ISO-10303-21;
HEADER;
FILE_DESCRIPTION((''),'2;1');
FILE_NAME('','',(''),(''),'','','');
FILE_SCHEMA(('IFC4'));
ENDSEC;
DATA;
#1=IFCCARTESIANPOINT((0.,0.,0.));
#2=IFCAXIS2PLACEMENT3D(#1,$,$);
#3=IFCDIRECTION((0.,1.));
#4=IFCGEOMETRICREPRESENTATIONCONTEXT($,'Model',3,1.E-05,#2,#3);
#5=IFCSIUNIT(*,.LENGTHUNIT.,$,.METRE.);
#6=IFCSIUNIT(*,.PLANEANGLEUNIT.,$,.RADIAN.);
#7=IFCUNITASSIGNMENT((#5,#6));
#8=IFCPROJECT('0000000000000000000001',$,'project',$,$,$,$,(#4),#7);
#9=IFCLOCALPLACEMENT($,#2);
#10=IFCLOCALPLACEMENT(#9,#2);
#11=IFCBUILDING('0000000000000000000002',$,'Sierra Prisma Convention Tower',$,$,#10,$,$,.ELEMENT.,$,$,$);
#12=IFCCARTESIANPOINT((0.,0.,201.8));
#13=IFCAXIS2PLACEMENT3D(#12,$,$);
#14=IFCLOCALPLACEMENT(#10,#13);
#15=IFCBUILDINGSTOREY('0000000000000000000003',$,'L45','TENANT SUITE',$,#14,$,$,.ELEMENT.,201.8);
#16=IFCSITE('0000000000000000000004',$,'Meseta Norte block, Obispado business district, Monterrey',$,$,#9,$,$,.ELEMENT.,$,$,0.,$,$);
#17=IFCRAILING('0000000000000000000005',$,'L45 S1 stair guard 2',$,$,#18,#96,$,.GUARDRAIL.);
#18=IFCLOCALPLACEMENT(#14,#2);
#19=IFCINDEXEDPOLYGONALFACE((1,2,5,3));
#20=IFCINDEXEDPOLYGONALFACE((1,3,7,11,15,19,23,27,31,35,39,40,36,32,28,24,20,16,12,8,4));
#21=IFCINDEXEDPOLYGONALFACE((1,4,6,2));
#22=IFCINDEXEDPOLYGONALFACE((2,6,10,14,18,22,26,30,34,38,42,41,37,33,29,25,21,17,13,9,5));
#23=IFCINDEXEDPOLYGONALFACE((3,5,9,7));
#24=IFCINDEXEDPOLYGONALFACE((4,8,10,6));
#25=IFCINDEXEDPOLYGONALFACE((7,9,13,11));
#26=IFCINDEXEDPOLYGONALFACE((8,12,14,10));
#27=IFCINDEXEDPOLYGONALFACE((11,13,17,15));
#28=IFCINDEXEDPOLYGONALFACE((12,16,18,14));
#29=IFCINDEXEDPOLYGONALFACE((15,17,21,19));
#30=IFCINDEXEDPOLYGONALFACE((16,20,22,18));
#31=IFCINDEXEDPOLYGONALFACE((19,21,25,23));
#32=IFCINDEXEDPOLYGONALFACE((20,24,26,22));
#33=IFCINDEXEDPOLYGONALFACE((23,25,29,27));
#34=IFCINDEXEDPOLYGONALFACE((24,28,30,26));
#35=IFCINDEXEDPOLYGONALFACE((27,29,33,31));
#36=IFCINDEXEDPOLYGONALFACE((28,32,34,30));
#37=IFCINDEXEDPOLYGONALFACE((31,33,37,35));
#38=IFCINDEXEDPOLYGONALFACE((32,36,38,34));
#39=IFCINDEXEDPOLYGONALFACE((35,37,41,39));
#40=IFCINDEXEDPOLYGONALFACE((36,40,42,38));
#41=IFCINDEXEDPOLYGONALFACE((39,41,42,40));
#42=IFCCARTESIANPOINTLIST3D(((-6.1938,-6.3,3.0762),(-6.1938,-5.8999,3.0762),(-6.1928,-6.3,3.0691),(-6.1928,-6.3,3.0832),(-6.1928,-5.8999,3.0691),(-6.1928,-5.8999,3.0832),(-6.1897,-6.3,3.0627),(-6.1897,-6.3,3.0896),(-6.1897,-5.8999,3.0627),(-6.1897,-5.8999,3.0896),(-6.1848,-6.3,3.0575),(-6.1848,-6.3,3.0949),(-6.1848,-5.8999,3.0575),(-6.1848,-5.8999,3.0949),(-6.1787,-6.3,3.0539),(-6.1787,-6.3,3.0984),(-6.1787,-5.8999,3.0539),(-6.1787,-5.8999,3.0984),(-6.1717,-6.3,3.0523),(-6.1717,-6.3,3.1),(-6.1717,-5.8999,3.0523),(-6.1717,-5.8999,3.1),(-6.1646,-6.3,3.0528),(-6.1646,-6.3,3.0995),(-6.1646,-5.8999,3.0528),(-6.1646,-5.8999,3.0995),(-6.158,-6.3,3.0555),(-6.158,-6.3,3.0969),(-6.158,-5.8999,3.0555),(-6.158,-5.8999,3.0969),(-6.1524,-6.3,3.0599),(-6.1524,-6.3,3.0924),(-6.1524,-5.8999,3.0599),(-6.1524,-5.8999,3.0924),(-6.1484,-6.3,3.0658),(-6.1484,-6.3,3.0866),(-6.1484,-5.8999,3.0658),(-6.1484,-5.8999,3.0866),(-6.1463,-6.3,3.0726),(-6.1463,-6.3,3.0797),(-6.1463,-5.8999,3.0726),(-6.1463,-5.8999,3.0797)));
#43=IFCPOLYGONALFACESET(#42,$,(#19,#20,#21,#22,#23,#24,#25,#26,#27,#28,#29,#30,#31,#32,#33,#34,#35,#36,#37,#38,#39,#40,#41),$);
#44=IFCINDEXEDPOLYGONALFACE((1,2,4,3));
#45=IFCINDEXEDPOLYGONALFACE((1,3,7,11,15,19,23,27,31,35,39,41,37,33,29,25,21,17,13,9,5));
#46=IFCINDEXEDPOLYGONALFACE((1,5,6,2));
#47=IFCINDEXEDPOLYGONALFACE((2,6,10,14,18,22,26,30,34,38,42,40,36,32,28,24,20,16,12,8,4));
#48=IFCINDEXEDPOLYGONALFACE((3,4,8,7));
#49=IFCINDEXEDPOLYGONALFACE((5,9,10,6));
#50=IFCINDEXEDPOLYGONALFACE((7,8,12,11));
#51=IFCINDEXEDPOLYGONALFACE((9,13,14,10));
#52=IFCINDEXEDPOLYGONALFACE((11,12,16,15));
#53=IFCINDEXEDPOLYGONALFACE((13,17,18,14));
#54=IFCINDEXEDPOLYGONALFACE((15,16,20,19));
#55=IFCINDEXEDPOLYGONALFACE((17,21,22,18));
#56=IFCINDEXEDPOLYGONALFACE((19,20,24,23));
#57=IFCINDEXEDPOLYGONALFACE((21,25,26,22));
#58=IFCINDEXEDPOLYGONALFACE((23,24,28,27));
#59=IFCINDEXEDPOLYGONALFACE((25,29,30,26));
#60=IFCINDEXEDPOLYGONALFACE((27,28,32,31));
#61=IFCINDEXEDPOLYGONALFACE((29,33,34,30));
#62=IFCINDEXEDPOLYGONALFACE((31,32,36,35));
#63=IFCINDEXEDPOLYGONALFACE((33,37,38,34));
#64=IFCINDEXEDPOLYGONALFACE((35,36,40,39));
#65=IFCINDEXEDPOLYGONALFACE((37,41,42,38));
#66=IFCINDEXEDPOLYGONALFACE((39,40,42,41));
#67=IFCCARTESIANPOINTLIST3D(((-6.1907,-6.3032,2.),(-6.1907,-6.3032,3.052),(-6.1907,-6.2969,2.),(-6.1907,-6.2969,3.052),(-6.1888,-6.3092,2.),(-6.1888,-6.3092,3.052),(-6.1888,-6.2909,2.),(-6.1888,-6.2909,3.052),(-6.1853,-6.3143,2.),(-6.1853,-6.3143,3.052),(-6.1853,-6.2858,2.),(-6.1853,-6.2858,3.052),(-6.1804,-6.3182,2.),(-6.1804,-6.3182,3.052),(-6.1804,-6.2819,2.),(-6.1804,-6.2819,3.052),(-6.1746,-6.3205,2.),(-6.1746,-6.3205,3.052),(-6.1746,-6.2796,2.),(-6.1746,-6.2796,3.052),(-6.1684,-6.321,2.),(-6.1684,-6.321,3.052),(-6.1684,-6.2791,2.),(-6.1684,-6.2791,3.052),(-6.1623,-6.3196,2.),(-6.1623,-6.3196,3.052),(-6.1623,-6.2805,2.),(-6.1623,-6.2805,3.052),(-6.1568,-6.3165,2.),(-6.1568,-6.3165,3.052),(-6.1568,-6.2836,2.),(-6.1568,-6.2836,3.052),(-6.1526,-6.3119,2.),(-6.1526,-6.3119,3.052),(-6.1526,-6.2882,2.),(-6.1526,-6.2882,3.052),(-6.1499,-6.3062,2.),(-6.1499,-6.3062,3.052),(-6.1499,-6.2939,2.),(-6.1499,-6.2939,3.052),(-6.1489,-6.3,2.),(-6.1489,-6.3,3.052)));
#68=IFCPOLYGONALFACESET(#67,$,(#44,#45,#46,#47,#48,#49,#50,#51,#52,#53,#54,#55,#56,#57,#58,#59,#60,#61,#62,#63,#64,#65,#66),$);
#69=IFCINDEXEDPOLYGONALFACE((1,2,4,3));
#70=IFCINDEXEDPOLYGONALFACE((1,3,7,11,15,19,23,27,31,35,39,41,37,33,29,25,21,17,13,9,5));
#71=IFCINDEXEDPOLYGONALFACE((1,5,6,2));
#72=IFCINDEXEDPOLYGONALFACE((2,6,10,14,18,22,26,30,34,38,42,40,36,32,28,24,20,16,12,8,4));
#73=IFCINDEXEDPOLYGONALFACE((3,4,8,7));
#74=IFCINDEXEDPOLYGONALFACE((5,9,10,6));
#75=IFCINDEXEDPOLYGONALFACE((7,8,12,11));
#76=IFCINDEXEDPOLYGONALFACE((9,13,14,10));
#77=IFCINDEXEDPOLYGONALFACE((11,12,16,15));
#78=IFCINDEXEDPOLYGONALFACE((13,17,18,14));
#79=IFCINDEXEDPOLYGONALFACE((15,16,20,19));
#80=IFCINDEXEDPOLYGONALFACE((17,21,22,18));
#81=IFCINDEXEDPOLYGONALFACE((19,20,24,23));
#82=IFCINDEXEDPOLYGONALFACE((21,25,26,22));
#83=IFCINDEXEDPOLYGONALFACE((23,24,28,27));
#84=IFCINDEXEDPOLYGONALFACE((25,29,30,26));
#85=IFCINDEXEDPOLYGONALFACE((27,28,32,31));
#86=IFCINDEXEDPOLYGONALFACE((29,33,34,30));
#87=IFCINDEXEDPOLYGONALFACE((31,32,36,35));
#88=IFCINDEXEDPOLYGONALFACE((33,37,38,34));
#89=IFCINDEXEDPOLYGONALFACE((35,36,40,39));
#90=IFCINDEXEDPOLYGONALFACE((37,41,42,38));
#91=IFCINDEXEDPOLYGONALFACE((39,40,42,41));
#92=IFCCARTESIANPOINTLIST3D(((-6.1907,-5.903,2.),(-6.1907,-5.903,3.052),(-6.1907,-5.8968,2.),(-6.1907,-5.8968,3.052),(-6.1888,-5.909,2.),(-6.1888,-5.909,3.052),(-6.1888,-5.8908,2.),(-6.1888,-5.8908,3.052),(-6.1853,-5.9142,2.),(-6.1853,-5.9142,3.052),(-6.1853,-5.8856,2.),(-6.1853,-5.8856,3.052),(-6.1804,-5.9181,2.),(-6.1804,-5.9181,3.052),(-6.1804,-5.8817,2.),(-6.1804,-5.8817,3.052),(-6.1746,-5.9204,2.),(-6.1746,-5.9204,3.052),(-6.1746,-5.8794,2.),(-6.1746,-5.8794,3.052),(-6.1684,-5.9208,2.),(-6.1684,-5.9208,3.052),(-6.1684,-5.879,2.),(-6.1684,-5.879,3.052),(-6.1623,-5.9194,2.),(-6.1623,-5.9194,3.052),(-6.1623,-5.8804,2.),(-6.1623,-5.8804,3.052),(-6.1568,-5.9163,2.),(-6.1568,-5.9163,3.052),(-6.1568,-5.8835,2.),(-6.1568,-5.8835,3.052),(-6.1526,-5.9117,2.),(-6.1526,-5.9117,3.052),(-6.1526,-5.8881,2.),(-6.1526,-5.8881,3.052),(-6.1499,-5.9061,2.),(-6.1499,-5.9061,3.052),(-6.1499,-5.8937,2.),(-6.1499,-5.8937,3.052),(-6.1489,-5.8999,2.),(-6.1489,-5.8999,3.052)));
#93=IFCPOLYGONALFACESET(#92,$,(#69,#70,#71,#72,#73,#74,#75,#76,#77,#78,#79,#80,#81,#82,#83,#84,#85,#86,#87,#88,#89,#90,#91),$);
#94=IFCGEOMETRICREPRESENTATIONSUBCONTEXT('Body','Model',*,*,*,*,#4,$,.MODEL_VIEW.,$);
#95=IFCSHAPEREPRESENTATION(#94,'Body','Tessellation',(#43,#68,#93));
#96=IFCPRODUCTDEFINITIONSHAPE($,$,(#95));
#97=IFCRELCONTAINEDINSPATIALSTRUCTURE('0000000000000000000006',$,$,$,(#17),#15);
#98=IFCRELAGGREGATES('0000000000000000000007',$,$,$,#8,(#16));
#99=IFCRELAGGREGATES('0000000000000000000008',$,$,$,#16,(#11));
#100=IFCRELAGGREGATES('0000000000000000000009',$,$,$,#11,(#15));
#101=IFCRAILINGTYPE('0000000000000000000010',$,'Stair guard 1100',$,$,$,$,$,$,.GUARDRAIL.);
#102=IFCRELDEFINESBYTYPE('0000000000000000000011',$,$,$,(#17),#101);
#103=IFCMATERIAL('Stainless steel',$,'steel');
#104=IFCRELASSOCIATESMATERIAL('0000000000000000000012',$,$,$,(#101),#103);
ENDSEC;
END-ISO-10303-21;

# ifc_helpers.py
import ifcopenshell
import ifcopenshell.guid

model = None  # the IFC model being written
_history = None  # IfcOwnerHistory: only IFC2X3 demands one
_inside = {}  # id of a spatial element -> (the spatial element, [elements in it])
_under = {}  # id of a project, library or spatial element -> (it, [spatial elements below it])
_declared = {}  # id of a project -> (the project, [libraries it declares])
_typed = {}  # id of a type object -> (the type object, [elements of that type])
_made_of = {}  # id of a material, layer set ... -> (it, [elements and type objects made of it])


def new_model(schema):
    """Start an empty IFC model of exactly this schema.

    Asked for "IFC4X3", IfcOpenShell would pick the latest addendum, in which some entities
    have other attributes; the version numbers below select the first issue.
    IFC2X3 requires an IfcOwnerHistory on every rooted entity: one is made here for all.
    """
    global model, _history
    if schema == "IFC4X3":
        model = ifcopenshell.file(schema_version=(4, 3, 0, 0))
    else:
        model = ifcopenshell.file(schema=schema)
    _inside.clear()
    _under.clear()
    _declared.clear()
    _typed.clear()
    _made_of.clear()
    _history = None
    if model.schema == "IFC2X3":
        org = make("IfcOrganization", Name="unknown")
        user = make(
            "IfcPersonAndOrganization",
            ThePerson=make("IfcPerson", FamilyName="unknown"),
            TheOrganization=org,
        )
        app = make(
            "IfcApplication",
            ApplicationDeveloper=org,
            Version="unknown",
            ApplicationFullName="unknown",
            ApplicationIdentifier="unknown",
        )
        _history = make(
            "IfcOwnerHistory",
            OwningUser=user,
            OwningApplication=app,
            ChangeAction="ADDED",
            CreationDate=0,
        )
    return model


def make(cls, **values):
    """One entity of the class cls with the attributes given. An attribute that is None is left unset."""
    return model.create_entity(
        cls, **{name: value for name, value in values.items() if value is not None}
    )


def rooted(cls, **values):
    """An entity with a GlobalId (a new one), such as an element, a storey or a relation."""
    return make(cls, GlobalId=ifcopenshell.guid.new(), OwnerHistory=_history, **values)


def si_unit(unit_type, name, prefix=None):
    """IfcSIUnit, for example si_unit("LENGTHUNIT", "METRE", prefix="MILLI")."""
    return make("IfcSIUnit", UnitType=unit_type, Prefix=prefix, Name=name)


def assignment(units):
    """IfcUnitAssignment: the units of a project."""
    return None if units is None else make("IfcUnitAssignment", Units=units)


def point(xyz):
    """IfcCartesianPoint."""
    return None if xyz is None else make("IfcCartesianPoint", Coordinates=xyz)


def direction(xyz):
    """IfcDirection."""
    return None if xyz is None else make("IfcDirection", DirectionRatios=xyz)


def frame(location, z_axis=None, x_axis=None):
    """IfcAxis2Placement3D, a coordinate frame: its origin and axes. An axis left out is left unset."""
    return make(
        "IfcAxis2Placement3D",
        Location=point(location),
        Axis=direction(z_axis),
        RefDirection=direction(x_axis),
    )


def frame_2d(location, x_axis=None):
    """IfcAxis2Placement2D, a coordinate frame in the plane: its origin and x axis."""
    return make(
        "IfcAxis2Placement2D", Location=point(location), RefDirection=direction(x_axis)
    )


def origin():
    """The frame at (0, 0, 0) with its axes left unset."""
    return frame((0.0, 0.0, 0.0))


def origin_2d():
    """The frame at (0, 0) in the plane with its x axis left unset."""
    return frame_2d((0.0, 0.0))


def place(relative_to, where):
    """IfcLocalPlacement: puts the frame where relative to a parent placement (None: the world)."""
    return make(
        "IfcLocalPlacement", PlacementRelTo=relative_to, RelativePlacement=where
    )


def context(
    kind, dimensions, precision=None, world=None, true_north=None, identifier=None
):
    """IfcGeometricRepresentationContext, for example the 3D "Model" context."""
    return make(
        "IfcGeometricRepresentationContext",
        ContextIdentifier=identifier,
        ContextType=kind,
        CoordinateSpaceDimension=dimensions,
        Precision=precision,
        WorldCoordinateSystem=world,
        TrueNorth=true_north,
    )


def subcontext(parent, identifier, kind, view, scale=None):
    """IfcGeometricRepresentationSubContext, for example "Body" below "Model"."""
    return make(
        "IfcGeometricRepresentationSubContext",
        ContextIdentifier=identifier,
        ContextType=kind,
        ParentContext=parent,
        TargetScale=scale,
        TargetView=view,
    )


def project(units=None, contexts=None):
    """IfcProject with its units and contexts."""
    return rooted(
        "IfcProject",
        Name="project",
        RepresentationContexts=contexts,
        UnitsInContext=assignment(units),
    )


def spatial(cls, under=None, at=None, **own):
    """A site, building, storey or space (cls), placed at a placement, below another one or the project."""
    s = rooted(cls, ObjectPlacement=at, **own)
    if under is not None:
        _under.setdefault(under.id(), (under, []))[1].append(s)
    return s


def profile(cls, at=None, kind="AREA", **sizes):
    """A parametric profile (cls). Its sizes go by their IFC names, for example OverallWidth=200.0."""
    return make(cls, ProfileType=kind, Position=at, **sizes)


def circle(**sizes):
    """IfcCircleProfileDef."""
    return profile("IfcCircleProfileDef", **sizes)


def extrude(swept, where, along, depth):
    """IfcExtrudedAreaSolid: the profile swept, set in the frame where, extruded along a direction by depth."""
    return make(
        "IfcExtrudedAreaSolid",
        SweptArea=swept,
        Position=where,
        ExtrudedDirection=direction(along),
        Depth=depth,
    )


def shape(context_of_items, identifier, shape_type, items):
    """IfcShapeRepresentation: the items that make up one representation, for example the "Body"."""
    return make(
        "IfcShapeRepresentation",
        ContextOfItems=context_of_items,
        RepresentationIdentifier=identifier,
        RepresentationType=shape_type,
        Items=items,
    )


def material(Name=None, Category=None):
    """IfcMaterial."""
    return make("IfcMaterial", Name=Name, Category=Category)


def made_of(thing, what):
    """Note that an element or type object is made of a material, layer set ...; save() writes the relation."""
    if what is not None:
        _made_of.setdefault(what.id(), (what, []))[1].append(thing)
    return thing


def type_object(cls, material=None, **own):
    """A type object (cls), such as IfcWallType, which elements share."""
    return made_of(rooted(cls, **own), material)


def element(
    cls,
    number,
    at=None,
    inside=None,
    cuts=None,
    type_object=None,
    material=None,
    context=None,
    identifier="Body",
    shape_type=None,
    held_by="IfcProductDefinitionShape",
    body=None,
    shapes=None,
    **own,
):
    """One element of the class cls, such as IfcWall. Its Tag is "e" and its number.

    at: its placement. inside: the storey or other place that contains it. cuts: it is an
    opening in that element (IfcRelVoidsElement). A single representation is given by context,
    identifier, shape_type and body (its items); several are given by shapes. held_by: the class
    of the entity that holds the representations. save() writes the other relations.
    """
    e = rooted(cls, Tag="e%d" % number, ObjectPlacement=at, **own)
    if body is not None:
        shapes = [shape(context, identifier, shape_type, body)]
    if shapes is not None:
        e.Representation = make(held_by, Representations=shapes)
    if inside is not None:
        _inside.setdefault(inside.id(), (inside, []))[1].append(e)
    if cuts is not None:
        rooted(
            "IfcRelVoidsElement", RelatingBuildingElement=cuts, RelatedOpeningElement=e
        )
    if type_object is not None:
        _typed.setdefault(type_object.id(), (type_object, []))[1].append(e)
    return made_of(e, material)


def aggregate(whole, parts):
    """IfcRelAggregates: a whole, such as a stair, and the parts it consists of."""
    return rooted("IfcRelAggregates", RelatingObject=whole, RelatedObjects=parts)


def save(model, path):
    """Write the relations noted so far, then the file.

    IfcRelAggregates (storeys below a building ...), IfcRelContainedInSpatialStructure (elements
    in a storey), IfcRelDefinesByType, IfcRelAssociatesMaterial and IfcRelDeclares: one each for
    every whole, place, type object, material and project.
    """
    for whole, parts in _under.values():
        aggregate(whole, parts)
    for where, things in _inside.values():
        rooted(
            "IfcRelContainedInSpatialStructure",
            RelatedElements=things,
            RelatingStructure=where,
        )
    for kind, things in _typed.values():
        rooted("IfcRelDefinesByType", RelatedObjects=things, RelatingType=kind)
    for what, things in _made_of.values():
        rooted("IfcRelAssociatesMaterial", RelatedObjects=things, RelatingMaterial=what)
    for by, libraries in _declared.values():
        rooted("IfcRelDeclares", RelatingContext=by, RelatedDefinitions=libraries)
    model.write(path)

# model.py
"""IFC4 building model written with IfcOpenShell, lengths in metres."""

from ifc_helpers import new_model, si_unit, direction, frame, origin, origin_2d, place, context, subcontext, project, spatial, circle, extrude, material, type_object, element, save


model = new_model("IFC4")

# Units and contexts
model_context = context("Model", 3, precision=1e-05, world=origin(), true_north=direction((0.0, 1.0)))
body_context = subcontext(model_context, "Body", "Model", "MODEL_VIEW")
ifc_project = project(units=[si_unit("LENGTHUNIT", "METRE"), si_unit("PLANEANGLEUNIT", "RADIAN")], contexts=[model_context])

# Site, building, storey
site_placement = place(None, origin())
site = spatial("IfcSite", under=ifc_project, at=site_placement, Name="Meseta Norte block, Obispado business district, Monterrey", CompositionType="ELEMENT", RefElevation=0.0)
building_placement = place(site_placement, origin())
building = spatial("IfcBuilding", under=site, at=building_placement, Name="Sierra Prisma Convention Tower", CompositionType="ELEMENT")
storey_placement = place(building_placement, frame((0.0, 0.0, 201.8)))
storey = spatial("IfcBuildingStorey", under=building, at=storey_placement, Name="L45", Description="TENANT SUITE", CompositionType="ELEMENT", Elevation=201.8)

# Railing
ifc_material_1 = material(Name="Stainless steel", Category="steel")
railing_type_1 = type_object("IfcRailingType", Name="Stair guard 1100", PredefinedType="GUARDRAIL", material=ifc_material_1)
railing_1_placement = place(storey_placement, frame((-6.1699, -6.3, 2.0)))
element("IfcRailing", 1, at=railing_1_placement, inside=storey, type_object=railing_type_1, Name="L45 S1 stair guard 2", PredefinedType="GUARDRAIL", context=body_context, shape_type="SweptSolid", body=[
    extrude(circle(Radius=0.0239, at=origin_2d()), frame((0.0, 0.0, 1.0762), z_axis=(0.0, 1.0, 0.0), x_axis=(-1.0, 0.0, 0.0)), (0.0, 0.0, 1.0), 0.4001),
    extrude(circle(Radius=0.021, at=origin_2d()), origin(), (0.0, 0.0, 1.0), 1.052),
    extrude(circle(Radius=0.021, at=origin_2d()), frame((0.0, 0.4001, 0.0)), (0.0, 0.0, 1.0), 1.052),
])

save(model, "model.ifc")
